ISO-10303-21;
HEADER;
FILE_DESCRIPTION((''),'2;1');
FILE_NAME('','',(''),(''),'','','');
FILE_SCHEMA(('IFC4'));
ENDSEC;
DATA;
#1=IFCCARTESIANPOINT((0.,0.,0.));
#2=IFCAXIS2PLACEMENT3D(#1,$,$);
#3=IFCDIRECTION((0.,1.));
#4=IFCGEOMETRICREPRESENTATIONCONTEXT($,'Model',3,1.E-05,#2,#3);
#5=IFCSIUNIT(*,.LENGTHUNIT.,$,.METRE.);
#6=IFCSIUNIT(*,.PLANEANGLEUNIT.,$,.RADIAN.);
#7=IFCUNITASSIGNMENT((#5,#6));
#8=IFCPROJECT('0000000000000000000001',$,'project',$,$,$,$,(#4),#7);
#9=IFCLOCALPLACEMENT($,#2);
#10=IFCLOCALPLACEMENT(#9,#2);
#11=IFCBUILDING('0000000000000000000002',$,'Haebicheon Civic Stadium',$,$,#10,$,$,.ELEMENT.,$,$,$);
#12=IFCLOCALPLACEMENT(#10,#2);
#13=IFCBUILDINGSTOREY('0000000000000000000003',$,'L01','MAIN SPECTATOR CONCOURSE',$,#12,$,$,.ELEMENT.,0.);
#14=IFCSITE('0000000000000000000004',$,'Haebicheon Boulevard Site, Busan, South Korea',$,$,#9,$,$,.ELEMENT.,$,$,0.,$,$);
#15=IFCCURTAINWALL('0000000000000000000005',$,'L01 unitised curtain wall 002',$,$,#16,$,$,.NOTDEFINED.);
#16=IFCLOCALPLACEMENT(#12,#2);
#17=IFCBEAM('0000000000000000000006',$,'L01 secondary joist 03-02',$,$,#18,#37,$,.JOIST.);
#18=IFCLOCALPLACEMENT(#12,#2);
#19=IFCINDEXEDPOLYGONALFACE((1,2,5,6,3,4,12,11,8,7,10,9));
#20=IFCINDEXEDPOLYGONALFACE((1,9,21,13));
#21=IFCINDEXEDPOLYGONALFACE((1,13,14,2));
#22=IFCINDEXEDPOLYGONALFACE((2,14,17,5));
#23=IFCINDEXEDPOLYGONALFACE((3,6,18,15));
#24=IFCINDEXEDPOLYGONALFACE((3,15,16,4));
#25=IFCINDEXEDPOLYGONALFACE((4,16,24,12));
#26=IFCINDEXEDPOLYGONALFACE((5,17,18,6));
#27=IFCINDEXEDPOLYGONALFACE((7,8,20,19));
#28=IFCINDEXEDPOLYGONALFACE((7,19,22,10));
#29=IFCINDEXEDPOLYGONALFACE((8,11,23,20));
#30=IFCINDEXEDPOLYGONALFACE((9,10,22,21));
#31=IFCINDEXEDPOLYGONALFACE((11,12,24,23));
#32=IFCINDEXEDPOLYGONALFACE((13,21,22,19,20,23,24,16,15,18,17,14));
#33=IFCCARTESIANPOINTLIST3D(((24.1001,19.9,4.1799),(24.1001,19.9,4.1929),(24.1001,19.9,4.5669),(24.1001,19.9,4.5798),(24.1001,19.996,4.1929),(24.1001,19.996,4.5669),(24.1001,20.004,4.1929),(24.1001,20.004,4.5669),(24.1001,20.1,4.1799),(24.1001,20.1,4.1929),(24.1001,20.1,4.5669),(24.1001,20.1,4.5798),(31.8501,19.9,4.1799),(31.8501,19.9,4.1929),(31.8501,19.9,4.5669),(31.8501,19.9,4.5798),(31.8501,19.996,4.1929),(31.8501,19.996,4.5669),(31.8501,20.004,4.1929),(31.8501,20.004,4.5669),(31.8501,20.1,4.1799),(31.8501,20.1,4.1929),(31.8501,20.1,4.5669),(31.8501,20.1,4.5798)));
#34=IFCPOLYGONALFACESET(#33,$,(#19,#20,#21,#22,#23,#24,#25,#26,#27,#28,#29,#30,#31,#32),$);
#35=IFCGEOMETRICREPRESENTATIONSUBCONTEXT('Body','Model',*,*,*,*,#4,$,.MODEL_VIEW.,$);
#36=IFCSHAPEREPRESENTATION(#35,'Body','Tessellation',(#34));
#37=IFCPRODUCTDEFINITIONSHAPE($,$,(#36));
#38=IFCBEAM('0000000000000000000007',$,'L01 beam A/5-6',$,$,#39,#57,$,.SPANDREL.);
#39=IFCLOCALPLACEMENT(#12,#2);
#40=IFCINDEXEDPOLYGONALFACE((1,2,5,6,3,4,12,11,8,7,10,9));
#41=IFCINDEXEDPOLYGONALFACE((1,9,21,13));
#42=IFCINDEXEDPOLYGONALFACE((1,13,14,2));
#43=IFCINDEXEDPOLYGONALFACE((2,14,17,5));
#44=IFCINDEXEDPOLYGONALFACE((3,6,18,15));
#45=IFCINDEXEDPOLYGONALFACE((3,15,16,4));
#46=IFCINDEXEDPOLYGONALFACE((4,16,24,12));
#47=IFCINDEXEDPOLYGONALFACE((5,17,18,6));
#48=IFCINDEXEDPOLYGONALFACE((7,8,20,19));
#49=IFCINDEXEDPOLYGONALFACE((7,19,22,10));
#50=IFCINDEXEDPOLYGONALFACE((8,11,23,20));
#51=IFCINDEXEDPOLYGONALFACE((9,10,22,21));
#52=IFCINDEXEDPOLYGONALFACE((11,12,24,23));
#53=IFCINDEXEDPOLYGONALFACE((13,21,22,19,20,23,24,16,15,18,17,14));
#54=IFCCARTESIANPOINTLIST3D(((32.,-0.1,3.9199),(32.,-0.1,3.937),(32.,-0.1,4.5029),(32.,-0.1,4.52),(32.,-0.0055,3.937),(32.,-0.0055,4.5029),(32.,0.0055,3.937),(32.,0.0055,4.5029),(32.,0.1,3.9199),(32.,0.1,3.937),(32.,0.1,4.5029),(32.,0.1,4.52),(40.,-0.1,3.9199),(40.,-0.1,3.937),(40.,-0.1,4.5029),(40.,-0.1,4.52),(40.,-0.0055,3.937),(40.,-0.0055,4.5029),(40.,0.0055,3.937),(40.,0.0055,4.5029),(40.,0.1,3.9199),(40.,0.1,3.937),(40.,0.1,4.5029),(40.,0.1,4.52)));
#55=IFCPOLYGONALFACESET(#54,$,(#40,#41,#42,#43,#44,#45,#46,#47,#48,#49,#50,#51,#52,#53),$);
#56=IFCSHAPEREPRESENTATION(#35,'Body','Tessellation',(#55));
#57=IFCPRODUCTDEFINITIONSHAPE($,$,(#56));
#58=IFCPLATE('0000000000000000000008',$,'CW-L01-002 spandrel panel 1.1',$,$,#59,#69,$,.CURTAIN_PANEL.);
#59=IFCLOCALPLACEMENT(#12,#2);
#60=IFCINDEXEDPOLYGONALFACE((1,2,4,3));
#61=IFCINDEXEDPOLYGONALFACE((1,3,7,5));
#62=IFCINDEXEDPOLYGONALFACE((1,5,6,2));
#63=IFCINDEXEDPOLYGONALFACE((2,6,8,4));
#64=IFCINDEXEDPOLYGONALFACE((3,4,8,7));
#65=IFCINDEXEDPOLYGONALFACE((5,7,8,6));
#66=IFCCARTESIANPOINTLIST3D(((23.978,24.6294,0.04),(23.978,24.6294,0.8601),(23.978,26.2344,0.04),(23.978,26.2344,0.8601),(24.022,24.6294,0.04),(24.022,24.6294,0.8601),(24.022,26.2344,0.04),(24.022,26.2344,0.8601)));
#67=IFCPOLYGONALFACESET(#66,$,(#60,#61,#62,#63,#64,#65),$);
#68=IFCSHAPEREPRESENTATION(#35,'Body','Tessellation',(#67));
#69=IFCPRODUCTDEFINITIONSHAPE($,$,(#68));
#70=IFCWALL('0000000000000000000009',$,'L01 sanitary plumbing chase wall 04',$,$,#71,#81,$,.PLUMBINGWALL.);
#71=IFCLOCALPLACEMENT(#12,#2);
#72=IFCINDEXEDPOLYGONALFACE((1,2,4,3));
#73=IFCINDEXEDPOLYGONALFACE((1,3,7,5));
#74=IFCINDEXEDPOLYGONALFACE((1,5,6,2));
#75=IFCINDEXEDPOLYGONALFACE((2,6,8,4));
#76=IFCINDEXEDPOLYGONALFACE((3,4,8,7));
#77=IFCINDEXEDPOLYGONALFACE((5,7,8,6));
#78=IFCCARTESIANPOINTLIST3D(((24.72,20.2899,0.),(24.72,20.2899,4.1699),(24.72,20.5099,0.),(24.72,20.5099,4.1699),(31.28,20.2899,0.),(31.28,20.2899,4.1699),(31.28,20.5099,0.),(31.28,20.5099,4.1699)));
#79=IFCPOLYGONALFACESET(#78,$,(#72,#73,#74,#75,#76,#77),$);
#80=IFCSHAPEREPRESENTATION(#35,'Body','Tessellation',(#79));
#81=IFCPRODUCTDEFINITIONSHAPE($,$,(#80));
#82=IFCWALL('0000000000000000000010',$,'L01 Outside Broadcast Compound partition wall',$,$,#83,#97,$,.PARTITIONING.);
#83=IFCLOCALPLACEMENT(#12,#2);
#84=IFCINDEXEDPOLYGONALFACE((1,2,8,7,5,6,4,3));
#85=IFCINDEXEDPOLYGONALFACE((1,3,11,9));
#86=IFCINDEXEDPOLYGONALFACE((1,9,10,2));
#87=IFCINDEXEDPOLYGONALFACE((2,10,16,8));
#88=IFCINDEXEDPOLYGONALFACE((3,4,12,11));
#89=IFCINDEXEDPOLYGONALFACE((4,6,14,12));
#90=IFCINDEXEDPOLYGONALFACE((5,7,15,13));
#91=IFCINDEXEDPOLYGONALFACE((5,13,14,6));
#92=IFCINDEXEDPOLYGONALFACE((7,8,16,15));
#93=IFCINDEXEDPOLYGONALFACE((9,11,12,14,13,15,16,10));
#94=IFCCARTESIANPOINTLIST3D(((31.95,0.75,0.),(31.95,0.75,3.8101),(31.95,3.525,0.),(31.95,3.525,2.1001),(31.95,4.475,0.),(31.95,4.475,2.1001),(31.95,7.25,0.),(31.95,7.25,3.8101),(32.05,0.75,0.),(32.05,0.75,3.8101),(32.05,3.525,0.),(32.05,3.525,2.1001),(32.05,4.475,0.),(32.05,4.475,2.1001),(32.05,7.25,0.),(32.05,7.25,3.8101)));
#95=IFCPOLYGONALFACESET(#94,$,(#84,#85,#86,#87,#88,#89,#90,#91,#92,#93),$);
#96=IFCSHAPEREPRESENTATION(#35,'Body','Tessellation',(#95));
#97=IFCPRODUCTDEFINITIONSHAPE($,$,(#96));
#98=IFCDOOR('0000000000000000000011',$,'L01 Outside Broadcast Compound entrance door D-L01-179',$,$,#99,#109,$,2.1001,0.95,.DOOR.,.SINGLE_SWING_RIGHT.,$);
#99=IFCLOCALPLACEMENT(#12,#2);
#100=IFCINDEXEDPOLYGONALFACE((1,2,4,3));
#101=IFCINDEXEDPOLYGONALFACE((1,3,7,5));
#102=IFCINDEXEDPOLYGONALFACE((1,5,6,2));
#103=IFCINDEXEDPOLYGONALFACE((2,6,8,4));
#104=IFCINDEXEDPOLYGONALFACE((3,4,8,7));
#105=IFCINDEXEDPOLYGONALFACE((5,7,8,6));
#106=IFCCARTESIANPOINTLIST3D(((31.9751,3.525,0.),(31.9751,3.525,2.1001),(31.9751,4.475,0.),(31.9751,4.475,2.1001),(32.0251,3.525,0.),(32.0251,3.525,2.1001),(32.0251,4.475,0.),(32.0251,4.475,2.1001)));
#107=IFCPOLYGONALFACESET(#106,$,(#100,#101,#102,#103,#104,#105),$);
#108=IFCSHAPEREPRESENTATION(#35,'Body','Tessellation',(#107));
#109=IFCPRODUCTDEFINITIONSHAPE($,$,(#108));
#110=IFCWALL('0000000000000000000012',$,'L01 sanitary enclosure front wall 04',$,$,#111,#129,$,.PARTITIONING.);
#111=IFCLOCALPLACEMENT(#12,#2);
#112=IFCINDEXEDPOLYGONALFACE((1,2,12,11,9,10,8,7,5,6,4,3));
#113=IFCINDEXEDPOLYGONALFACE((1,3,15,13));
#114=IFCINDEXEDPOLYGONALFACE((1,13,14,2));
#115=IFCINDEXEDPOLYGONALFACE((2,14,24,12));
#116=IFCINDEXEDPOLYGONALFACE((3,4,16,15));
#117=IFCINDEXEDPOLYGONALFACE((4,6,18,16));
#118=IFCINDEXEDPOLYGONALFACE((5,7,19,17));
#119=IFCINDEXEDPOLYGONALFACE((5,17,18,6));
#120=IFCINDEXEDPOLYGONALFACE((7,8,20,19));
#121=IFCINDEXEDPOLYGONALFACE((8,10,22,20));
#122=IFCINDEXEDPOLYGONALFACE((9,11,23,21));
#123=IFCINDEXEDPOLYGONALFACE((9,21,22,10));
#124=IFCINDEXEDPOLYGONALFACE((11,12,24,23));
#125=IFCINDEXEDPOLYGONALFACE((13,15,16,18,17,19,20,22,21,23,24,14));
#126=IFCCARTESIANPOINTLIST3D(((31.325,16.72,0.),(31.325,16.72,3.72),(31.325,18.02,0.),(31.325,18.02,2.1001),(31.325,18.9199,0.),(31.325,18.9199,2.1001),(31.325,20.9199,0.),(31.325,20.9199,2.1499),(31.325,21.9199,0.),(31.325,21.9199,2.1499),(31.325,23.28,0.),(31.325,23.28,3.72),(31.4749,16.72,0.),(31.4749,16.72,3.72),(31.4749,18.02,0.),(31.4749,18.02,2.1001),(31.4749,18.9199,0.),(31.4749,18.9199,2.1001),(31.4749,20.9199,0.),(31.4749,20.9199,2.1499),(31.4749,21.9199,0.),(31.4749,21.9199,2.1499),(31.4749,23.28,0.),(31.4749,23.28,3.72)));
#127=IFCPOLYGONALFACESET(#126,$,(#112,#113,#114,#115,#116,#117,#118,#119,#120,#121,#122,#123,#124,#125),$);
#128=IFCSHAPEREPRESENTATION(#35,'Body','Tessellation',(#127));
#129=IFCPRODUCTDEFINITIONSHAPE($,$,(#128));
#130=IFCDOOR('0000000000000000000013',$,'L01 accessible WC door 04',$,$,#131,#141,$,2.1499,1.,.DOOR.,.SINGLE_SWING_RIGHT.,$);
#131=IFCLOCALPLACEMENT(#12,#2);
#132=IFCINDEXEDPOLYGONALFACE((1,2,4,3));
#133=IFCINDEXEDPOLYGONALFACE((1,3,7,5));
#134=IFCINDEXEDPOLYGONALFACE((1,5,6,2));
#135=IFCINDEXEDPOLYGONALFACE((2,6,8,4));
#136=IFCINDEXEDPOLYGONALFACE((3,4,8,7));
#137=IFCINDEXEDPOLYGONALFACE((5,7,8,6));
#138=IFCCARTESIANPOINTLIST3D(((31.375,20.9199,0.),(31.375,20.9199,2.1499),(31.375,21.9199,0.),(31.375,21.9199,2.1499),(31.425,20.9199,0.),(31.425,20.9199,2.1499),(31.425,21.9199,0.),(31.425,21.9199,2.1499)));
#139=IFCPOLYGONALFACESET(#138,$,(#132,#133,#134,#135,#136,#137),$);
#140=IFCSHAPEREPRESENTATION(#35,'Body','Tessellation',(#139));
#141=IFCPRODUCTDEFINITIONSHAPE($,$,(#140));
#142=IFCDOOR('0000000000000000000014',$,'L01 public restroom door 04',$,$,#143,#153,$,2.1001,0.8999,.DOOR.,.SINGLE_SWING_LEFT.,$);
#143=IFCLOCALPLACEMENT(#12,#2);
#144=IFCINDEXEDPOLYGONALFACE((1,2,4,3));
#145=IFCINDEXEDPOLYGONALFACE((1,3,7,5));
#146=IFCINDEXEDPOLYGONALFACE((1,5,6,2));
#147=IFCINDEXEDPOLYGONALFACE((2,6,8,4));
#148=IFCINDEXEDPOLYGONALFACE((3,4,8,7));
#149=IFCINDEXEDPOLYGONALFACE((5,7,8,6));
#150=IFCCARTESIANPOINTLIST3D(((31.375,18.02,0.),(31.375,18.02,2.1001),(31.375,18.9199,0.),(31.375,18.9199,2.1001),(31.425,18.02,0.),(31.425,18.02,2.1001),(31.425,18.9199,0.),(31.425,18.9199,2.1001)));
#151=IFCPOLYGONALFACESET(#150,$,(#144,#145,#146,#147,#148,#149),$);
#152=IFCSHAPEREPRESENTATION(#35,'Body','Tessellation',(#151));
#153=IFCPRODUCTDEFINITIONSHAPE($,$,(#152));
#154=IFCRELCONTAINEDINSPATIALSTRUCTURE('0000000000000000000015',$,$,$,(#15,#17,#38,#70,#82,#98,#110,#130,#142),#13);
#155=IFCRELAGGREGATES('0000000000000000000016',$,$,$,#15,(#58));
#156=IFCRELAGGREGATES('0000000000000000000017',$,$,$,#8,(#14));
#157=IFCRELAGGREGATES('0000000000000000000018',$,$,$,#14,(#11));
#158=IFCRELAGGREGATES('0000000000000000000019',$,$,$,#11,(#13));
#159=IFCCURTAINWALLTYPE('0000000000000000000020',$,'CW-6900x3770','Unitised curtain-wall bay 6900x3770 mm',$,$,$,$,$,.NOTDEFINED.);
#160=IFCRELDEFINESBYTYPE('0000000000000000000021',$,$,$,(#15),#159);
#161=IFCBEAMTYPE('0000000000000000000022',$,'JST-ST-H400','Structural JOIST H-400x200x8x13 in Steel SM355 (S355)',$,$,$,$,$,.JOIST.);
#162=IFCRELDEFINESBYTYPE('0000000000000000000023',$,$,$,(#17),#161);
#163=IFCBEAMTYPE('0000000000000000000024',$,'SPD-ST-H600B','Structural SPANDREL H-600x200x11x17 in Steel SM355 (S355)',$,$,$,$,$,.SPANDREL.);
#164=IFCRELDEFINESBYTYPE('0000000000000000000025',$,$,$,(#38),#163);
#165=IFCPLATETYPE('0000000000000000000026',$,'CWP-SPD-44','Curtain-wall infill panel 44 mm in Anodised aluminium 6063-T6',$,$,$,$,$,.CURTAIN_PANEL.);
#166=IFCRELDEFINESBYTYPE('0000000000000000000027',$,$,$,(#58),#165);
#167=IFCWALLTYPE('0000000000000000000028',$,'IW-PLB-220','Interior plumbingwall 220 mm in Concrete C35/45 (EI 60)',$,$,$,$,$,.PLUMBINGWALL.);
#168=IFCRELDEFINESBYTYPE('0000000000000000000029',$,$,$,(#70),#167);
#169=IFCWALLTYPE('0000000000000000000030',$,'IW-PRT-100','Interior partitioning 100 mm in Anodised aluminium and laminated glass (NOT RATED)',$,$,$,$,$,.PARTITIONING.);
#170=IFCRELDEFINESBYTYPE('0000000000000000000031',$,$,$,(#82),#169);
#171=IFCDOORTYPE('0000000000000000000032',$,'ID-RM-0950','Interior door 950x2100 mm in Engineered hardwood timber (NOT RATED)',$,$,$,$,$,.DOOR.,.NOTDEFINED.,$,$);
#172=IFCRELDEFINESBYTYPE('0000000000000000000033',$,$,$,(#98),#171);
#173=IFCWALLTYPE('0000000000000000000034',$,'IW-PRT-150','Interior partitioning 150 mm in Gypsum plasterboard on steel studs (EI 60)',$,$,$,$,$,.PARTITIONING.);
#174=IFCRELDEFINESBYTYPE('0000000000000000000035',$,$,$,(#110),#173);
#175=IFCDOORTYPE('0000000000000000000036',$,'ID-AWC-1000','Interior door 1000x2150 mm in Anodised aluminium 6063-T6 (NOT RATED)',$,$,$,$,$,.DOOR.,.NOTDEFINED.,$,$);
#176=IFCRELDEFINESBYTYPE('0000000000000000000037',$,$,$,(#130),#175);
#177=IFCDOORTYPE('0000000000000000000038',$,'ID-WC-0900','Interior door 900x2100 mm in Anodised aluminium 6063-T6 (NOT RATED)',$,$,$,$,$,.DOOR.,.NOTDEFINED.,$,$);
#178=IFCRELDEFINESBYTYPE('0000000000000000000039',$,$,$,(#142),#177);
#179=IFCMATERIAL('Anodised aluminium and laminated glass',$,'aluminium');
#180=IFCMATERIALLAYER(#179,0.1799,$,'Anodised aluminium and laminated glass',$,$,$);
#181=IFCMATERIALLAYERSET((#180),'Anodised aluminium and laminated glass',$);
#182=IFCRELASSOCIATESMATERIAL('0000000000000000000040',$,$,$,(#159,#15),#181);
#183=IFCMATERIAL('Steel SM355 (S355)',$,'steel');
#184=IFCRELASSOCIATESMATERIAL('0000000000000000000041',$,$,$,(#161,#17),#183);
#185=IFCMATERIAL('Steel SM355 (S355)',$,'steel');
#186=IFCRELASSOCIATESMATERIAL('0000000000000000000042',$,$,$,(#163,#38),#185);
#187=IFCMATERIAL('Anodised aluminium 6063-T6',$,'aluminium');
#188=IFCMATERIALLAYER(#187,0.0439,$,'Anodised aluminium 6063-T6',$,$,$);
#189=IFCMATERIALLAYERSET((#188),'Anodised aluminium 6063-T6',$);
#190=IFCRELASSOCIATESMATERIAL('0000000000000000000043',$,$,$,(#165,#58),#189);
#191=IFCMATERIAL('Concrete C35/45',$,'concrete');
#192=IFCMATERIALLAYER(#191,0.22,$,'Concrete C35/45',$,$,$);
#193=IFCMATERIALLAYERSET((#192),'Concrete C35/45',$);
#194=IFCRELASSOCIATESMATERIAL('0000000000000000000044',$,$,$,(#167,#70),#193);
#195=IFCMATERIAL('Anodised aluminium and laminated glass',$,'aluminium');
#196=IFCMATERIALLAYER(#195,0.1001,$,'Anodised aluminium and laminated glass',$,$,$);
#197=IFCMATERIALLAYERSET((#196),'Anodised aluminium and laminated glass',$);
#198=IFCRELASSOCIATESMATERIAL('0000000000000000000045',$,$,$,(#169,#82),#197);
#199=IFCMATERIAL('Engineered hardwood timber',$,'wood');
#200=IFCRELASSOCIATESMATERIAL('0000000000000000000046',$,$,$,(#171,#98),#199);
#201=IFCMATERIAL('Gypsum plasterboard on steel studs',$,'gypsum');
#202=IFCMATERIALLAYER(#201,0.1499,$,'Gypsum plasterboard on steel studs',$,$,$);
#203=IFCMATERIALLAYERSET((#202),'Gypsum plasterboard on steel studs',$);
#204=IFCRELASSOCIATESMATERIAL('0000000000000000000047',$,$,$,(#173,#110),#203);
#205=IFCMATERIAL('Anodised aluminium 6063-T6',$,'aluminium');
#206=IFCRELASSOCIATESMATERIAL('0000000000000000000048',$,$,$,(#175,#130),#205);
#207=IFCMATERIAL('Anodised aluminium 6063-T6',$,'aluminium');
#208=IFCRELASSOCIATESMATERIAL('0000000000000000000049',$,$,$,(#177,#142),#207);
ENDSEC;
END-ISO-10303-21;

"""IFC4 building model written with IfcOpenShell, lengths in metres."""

from ifc_helpers import new_model, si_unit, direction, frame, frame_2d, origin, origin_2d, place, context, subcontext, project, spatial, rectangle, i_section, extrude, material, layer, layer_set, material_profile, profile_set, type_object, element, fill, aggregate, save


model = new_model("IFC4")

# Units and contexts
model_context = context("Model", 3, precision=1e-05, world=origin(), true_north=direction((0.0, 1.0)))
body_context = subcontext(model_context, "Body", "Model", "MODEL_VIEW")
ifc_project = project(units=[si_unit("LENGTHUNIT", "METRE"), si_unit("PLANEANGLEUNIT", "RADIAN")], contexts=[model_context])

# Site, building, storey
site_placement = place(None, origin())
site = spatial("IfcSite", under=ifc_project, at=site_placement, Name="Haebicheon Boulevard Site, Busan, South Korea", CompositionType="ELEMENT", RefElevation=0.0)
building_placement = place(site_placement, origin())
building = spatial("IfcBuilding", under=site, at=building_placement, Name="Haebicheon Civic Stadium", CompositionType="ELEMENT")
storey_placement = place(building_placement, origin())
storey = spatial("IfcBuildingStorey", under=building, at=storey_placement, Name="L01", Description="MAIN SPECTATOR CONCOURSE", CompositionType="ELEMENT", Elevation=0.0)

# Curtain wall
ifc_material_1 = material(Name="Anodised aluminium and laminated glass", Category="aluminium")
ifc_layer_1 = layer(ifc_material_1, 0.1799, Name="Anodised aluminium and laminated glass")
ifc_layer_set_1 = layer_set([ifc_layer_1], Name="Anodised aluminium and laminated glass")
curtain_wall_type = type_object("IfcCurtainWallType", Name="CW-6900x3770", Description="Unitised curtain-wall bay 6900x3770 mm", PredefinedType="NOTDEFINED", material=ifc_layer_set_1)
curtain_wall_placement = place(storey_placement, origin())
curtain_wall = element("IfcCurtainWall", 1, at=curtain_wall_placement, inside=storey, type_object=curtain_wall_type, material=ifc_layer_set_1, Name="L01 unitised curtain wall 002", PredefinedType="NOTDEFINED")

# Beams
ifc_material_2 = material(Name="Steel SM355 (S355)", Category="steel")
ifc_material_profile_1 = material_profile(ifc_material_2, i_section(OverallWidth=0.2, OverallDepth=0.3999, WebThickness=0.0081, FlangeThickness=0.0129, at=origin_2d()), Name="H-400x200x8x13")
ifc_profile_set_1 = profile_set([ifc_material_profile_1], Name="Steel SM355 (S355)")
beam_type_1 = type_object("IfcBeamType", Name="JST-ST-H400", Description="Structural JOIST H-400x200x8x13 in Steel SM355 (S355)", PredefinedType="JOIST", material=ifc_profile_set_1)
for number, where, z_axis, x_axis, name in (
    (2, (24.1001, 20.0, 4.3799), (1.0, 0.0, 0.0), (0.0, 1.0, 0.0), "L01 secondary joist 03-02"),
):
    element("IfcBeam", number, at=place(storey_placement, frame(where, z_axis=z_axis, x_axis=x_axis)), inside=storey, type_object=beam_type_1, material=ifc_profile_set_1, Name=name, PredefinedType="JOIST", context=body_context, shape_type="SweptSolid", body=[
        extrude(i_section(OverallWidth=0.2, OverallDepth=0.3999, WebThickness=0.0081, FlangeThickness=0.0129, at=origin_2d()), origin(), (0.0, 0.0, 1.0), 7.75),
    ])
ifc_material_3 = material(Name="Steel SM355 (S355)", Category="steel")
ifc_material_profile_2 = material_profile(ifc_material_3, i_section(OverallWidth=0.2, OverallDepth=0.6001, WebThickness=0.011, FlangeThickness=0.0171, at=origin_2d()), Name="H-600x200x11x17")
ifc_profile_set_2 = profile_set([ifc_material_profile_2], Name="Steel SM355 (S355)")
beam_type_2 = type_object("IfcBeamType", Name="SPD-ST-H600B", Description="Structural SPANDREL H-600x200x11x17 in Steel SM355 (S355)", PredefinedType="SPANDREL", material=ifc_profile_set_2)
beam_placement = place(storey_placement, frame((32.0, 0.0, 4.22), z_axis=(1.0, 0.0, 0.0), x_axis=(0.0, 1.0, 0.0)))
element("IfcBeam", 3, at=beam_placement, inside=storey, type_object=beam_type_2, material=ifc_profile_set_2, Name="L01 beam A/5-6", PredefinedType="SPANDREL", context=body_context, shape_type="SweptSolid", body=[
    extrude(i_section(OverallWidth=0.2, OverallDepth=0.6001, WebThickness=0.011, FlangeThickness=0.0171, at=origin_2d()), origin(), (0.0, 0.0, 1.0), 8.0),
])

# Plate
ifc_material_4 = material(Name="Anodised aluminium 6063-T6", Category="aluminium")
ifc_layer_2 = layer(ifc_material_4, 0.0439, Name="Anodised aluminium 6063-T6")
ifc_layer_set_2 = layer_set([ifc_layer_2], Name="Anodised aluminium 6063-T6")
plate_type = type_object("IfcPlateType", Name="CWP-SPD-44", Description="Curtain-wall infill panel 44 mm in Anodised aluminium 6063-T6", PredefinedType="CURTAIN_PANEL", material=ifc_layer_set_2)
plate_placement = place(storey_placement, frame((24.0, 25.4319, 0.04), z_axis=(0.0, 0.0, 1.0), x_axis=(0.0, 1.0, 0.0)))
plate = element("IfcPlate", 4, at=plate_placement, type_object=plate_type, material=ifc_layer_set_2, Name="CW-L01-002 spandrel panel 1.1", PredefinedType="CURTAIN_PANEL", context=body_context, shape_type="SweptSolid", body=[
    extrude(rectangle(XDim=1.605, YDim=0.0439, at=origin_2d()), origin(), (0.0, 0.0, 1.0), 0.8201),
])
aggregate(curtain_wall, [plate])

# Wall
ifc_material_5 = material(Name="Concrete C35/45", Category="concrete")
ifc_layer_3 = layer(ifc_material_5, 0.22, Name="Concrete C35/45")
ifc_layer_set_3 = layer_set([ifc_layer_3], Name="Concrete C35/45")
wall_type_1 = type_object("IfcWallType", Name="IW-PLB-220", Description="Interior plumbingwall 220 mm in Concrete C35/45 (EI 60)", PredefinedType="PLUMBINGWALL", material=ifc_layer_set_3)
wall_1_placement = place(storey_placement, frame((24.72, 20.3999, 0.0), z_axis=(0.0, 0.0, 1.0), x_axis=(1.0, 0.0, 0.0)))
element("IfcWall", 5, at=wall_1_placement, inside=storey, type_object=wall_type_1, material=ifc_layer_set_3, Name="L01 sanitary plumbing chase wall 04", PredefinedType="PLUMBINGWALL", context=body_context, shape_type="SweptSolid", body=[
    extrude(rectangle(XDim=6.5601, YDim=0.22, at=frame_2d((3.28, 0.0))), origin(), (0.0, 0.0, 1.0), 4.1699),
])

# Wall, opening, door
ifc_material_6 = material(Name="Anodised aluminium and laminated glass", Category="aluminium")
ifc_layer_4 = layer(ifc_material_6, 0.1001, Name="Anodised aluminium and laminated glass")
ifc_layer_set_4 = layer_set([ifc_layer_4], Name="Anodised aluminium and laminated glass")
wall_type_2 = type_object("IfcWallType", Name="IW-PRT-100", Description="Interior partitioning 100 mm in Anodised aluminium and laminated glass (NOT RATED)", PredefinedType="PARTITIONING", material=ifc_layer_set_4)
wall_2_placement = place(storey_placement, frame((32.0, 0.75, 0.0), z_axis=(0.0, 0.0, 1.0), x_axis=(0.0, 1.0, 0.0)))
wall_2 = element("IfcWall", 6, at=wall_2_placement, inside=storey, type_object=wall_type_2, material=ifc_layer_set_4, Name="L01 Outside Broadcast Compound partition wall", PredefinedType="PARTITIONING", context=body_context, shape_type="SweptSolid", body=[
    extrude(rectangle(XDim=6.5, YDim=0.1001, at=frame_2d((3.25, 0.0))), origin(), (0.0, 0.0, 1.0), 3.8101),
])
opening_1_placement = place(wall_2_placement, frame((2.7749, 0.0, 0.0)))
opening_1 = element("IfcOpeningElement", 7, at=opening_1_placement, cuts=wall_2, PredefinedType="OPENING", context=body_context, shape_type="SweptSolid", body=[
    extrude(rectangle(XDim=0.95, YDim=2.1001, at=frame_2d((0.4751, 1.05))), frame((0.0, 0.0601, 0.0), z_axis=(0.0, -1.0, 0.0), x_axis=(1.0, 0.0, 0.0)), (0.0, 0.0, 1.0), 0.1201),
])
ifc_material_7 = material(Name="Engineered hardwood timber", Category="wood")
door_type_1 = type_object("IfcDoorType", Name="ID-RM-0950", Description="Interior door 950x2100 mm in Engineered hardwood timber (NOT RATED)", OperationType="NOTDEFINED", PredefinedType="DOOR", material=ifc_material_7)
door_1_placement = place(opening_1_placement, origin())
door_1 = element("IfcDoor", 8, at=door_1_placement, inside=storey, type_object=door_type_1, material=ifc_material_7, Name="L01 Outside Broadcast Compound entrance door D-L01-179", OperationType="SINGLE_SWING_RIGHT", OverallHeight=2.1001, OverallWidth=0.95, PredefinedType="DOOR", context=body_context, shape_type="SweptSolid", body=[
    extrude(rectangle(XDim=0.95, YDim=2.1001, at=frame_2d((0.4751, 1.05))), frame((0.0, 0.0249, 0.0), z_axis=(0.0, -1.0, 0.0), x_axis=(1.0, 0.0, 0.0)), (0.0, 0.0, 1.0), 0.05),
])
fill(opening_1, door_1)

# Wall, openings, doors
ifc_material_8 = material(Name="Gypsum plasterboard on steel studs", Category="gypsum")
ifc_layer_5 = layer(ifc_material_8, 0.1499, Name="Gypsum plasterboard on steel studs")
ifc_layer_set_5 = layer_set([ifc_layer_5], Name="Gypsum plasterboard on steel studs")
wall_type_3 = type_object("IfcWallType", Name="IW-PRT-150", Description="Interior partitioning 150 mm in Gypsum plasterboard on steel studs (EI 60)", PredefinedType="PARTITIONING", material=ifc_layer_set_5)
wall_3_placement = place(storey_placement, frame((31.3999, 16.72, 0.0), z_axis=(0.0, 0.0, 1.0), x_axis=(0.0, 1.0, 0.0)))
wall_3 = element("IfcWall", 9, at=wall_3_placement, inside=storey, type_object=wall_type_3, material=ifc_layer_set_5, Name="L01 sanitary enclosure front wall 04", PredefinedType="PARTITIONING", context=body_context, shape_type="SweptSolid", body=[
    extrude(rectangle(XDim=6.5601, YDim=0.1499, at=frame_2d((3.28, 0.0))), origin(), (0.0, 0.0, 1.0), 3.72),
])
opening_2_placement = place(wall_3_placement, frame((1.3, 0.0, 0.0)))
opening_2 = element("IfcOpeningElement", 10, at=opening_2_placement, cuts=wall_3, PredefinedType="OPENING", context=body_context, shape_type="SweptSolid", body=[
    extrude(rectangle(XDim=0.8999, YDim=2.1001, at=frame_2d((0.45, 1.05))), frame((0.0, 0.085, 0.0), z_axis=(0.0, -1.0, 0.0), x_axis=(1.0, 0.0, 0.0)), (0.0, 0.0, 1.0), 0.1699),
])
opening_3_placement = place(wall_3_placement, frame((4.2, 0.0, 0.0)))
opening_3 = element("IfcOpeningElement", 11, at=opening_3_placement, cuts=wall_3, PredefinedType="OPENING", context=body_context, shape_type="SweptSolid", body=[
    extrude(rectangle(XDim=1.0, YDim=2.1499, at=frame_2d((0.5, 1.075))), frame((0.0, 0.085, 0.0), z_axis=(0.0, -1.0, 0.0), x_axis=(1.0, 0.0, 0.0)), (0.0, 0.0, 1.0), 0.1699),
])
ifc_material_9 = material(Name="Anodised aluminium 6063-T6", Category="aluminium")
door_type_2 = type_object("IfcDoorType", Name="ID-AWC-1000", Description="Interior door 1000x2150 mm in Anodised aluminium 6063-T6 (NOT RATED)", OperationType="NOTDEFINED", PredefinedType="DOOR", material=ifc_material_9)
door_2_placement = place(opening_3_placement, origin())
door_2 = element("IfcDoor", 12, at=door_2_placement, inside=storey, type_object=door_type_2, material=ifc_material_9, Name="L01 accessible WC door 04", OperationType="SINGLE_SWING_RIGHT", OverallHeight=2.1499, OverallWidth=1.0, PredefinedType="DOOR", context=body_context, shape_type="SweptSolid", body=[
    extrude(rectangle(XDim=1.0, YDim=2.1499, at=frame_2d((0.5, 1.075))), frame((0.0, 0.0249, 0.0), z_axis=(0.0, -1.0, 0.0), x_axis=(1.0, 0.0, 0.0)), (0.0, 0.0, 1.0), 0.05),
])
fill(opening_3, door_2)
ifc_material_10 = material(Name="Anodised aluminium 6063-T6", Category="aluminium")
door_type_3 = type_object("IfcDoorType", Name="ID-WC-0900", Description="Interior door 900x2100 mm in Anodised aluminium 6063-T6 (NOT RATED)", OperationType="NOTDEFINED", PredefinedType="DOOR", material=ifc_material_10)
door_3_placement = place(opening_2_placement, origin())
door_3 = element("IfcDoor", 13, at=door_3_placement, inside=storey, type_object=door_type_3, material=ifc_material_10, Name="L01 public restroom door 04", OperationType="SINGLE_SWING_LEFT", OverallHeight=2.1001, OverallWidth=0.8999, PredefinedType="DOOR", context=body_context, shape_type="SweptSolid", body=[
    extrude(rectangle(XDim=0.8999, YDim=2.1001, at=frame_2d((0.45, 1.05))), frame((0.0, 0.0249, 0.0), z_axis=(0.0, -1.0, 0.0), x_axis=(1.0, 0.0, 0.0)), (0.0, 0.0, 1.0), 0.05),
])
fill(opening_2, door_3)

save(model, "model.ifc")
